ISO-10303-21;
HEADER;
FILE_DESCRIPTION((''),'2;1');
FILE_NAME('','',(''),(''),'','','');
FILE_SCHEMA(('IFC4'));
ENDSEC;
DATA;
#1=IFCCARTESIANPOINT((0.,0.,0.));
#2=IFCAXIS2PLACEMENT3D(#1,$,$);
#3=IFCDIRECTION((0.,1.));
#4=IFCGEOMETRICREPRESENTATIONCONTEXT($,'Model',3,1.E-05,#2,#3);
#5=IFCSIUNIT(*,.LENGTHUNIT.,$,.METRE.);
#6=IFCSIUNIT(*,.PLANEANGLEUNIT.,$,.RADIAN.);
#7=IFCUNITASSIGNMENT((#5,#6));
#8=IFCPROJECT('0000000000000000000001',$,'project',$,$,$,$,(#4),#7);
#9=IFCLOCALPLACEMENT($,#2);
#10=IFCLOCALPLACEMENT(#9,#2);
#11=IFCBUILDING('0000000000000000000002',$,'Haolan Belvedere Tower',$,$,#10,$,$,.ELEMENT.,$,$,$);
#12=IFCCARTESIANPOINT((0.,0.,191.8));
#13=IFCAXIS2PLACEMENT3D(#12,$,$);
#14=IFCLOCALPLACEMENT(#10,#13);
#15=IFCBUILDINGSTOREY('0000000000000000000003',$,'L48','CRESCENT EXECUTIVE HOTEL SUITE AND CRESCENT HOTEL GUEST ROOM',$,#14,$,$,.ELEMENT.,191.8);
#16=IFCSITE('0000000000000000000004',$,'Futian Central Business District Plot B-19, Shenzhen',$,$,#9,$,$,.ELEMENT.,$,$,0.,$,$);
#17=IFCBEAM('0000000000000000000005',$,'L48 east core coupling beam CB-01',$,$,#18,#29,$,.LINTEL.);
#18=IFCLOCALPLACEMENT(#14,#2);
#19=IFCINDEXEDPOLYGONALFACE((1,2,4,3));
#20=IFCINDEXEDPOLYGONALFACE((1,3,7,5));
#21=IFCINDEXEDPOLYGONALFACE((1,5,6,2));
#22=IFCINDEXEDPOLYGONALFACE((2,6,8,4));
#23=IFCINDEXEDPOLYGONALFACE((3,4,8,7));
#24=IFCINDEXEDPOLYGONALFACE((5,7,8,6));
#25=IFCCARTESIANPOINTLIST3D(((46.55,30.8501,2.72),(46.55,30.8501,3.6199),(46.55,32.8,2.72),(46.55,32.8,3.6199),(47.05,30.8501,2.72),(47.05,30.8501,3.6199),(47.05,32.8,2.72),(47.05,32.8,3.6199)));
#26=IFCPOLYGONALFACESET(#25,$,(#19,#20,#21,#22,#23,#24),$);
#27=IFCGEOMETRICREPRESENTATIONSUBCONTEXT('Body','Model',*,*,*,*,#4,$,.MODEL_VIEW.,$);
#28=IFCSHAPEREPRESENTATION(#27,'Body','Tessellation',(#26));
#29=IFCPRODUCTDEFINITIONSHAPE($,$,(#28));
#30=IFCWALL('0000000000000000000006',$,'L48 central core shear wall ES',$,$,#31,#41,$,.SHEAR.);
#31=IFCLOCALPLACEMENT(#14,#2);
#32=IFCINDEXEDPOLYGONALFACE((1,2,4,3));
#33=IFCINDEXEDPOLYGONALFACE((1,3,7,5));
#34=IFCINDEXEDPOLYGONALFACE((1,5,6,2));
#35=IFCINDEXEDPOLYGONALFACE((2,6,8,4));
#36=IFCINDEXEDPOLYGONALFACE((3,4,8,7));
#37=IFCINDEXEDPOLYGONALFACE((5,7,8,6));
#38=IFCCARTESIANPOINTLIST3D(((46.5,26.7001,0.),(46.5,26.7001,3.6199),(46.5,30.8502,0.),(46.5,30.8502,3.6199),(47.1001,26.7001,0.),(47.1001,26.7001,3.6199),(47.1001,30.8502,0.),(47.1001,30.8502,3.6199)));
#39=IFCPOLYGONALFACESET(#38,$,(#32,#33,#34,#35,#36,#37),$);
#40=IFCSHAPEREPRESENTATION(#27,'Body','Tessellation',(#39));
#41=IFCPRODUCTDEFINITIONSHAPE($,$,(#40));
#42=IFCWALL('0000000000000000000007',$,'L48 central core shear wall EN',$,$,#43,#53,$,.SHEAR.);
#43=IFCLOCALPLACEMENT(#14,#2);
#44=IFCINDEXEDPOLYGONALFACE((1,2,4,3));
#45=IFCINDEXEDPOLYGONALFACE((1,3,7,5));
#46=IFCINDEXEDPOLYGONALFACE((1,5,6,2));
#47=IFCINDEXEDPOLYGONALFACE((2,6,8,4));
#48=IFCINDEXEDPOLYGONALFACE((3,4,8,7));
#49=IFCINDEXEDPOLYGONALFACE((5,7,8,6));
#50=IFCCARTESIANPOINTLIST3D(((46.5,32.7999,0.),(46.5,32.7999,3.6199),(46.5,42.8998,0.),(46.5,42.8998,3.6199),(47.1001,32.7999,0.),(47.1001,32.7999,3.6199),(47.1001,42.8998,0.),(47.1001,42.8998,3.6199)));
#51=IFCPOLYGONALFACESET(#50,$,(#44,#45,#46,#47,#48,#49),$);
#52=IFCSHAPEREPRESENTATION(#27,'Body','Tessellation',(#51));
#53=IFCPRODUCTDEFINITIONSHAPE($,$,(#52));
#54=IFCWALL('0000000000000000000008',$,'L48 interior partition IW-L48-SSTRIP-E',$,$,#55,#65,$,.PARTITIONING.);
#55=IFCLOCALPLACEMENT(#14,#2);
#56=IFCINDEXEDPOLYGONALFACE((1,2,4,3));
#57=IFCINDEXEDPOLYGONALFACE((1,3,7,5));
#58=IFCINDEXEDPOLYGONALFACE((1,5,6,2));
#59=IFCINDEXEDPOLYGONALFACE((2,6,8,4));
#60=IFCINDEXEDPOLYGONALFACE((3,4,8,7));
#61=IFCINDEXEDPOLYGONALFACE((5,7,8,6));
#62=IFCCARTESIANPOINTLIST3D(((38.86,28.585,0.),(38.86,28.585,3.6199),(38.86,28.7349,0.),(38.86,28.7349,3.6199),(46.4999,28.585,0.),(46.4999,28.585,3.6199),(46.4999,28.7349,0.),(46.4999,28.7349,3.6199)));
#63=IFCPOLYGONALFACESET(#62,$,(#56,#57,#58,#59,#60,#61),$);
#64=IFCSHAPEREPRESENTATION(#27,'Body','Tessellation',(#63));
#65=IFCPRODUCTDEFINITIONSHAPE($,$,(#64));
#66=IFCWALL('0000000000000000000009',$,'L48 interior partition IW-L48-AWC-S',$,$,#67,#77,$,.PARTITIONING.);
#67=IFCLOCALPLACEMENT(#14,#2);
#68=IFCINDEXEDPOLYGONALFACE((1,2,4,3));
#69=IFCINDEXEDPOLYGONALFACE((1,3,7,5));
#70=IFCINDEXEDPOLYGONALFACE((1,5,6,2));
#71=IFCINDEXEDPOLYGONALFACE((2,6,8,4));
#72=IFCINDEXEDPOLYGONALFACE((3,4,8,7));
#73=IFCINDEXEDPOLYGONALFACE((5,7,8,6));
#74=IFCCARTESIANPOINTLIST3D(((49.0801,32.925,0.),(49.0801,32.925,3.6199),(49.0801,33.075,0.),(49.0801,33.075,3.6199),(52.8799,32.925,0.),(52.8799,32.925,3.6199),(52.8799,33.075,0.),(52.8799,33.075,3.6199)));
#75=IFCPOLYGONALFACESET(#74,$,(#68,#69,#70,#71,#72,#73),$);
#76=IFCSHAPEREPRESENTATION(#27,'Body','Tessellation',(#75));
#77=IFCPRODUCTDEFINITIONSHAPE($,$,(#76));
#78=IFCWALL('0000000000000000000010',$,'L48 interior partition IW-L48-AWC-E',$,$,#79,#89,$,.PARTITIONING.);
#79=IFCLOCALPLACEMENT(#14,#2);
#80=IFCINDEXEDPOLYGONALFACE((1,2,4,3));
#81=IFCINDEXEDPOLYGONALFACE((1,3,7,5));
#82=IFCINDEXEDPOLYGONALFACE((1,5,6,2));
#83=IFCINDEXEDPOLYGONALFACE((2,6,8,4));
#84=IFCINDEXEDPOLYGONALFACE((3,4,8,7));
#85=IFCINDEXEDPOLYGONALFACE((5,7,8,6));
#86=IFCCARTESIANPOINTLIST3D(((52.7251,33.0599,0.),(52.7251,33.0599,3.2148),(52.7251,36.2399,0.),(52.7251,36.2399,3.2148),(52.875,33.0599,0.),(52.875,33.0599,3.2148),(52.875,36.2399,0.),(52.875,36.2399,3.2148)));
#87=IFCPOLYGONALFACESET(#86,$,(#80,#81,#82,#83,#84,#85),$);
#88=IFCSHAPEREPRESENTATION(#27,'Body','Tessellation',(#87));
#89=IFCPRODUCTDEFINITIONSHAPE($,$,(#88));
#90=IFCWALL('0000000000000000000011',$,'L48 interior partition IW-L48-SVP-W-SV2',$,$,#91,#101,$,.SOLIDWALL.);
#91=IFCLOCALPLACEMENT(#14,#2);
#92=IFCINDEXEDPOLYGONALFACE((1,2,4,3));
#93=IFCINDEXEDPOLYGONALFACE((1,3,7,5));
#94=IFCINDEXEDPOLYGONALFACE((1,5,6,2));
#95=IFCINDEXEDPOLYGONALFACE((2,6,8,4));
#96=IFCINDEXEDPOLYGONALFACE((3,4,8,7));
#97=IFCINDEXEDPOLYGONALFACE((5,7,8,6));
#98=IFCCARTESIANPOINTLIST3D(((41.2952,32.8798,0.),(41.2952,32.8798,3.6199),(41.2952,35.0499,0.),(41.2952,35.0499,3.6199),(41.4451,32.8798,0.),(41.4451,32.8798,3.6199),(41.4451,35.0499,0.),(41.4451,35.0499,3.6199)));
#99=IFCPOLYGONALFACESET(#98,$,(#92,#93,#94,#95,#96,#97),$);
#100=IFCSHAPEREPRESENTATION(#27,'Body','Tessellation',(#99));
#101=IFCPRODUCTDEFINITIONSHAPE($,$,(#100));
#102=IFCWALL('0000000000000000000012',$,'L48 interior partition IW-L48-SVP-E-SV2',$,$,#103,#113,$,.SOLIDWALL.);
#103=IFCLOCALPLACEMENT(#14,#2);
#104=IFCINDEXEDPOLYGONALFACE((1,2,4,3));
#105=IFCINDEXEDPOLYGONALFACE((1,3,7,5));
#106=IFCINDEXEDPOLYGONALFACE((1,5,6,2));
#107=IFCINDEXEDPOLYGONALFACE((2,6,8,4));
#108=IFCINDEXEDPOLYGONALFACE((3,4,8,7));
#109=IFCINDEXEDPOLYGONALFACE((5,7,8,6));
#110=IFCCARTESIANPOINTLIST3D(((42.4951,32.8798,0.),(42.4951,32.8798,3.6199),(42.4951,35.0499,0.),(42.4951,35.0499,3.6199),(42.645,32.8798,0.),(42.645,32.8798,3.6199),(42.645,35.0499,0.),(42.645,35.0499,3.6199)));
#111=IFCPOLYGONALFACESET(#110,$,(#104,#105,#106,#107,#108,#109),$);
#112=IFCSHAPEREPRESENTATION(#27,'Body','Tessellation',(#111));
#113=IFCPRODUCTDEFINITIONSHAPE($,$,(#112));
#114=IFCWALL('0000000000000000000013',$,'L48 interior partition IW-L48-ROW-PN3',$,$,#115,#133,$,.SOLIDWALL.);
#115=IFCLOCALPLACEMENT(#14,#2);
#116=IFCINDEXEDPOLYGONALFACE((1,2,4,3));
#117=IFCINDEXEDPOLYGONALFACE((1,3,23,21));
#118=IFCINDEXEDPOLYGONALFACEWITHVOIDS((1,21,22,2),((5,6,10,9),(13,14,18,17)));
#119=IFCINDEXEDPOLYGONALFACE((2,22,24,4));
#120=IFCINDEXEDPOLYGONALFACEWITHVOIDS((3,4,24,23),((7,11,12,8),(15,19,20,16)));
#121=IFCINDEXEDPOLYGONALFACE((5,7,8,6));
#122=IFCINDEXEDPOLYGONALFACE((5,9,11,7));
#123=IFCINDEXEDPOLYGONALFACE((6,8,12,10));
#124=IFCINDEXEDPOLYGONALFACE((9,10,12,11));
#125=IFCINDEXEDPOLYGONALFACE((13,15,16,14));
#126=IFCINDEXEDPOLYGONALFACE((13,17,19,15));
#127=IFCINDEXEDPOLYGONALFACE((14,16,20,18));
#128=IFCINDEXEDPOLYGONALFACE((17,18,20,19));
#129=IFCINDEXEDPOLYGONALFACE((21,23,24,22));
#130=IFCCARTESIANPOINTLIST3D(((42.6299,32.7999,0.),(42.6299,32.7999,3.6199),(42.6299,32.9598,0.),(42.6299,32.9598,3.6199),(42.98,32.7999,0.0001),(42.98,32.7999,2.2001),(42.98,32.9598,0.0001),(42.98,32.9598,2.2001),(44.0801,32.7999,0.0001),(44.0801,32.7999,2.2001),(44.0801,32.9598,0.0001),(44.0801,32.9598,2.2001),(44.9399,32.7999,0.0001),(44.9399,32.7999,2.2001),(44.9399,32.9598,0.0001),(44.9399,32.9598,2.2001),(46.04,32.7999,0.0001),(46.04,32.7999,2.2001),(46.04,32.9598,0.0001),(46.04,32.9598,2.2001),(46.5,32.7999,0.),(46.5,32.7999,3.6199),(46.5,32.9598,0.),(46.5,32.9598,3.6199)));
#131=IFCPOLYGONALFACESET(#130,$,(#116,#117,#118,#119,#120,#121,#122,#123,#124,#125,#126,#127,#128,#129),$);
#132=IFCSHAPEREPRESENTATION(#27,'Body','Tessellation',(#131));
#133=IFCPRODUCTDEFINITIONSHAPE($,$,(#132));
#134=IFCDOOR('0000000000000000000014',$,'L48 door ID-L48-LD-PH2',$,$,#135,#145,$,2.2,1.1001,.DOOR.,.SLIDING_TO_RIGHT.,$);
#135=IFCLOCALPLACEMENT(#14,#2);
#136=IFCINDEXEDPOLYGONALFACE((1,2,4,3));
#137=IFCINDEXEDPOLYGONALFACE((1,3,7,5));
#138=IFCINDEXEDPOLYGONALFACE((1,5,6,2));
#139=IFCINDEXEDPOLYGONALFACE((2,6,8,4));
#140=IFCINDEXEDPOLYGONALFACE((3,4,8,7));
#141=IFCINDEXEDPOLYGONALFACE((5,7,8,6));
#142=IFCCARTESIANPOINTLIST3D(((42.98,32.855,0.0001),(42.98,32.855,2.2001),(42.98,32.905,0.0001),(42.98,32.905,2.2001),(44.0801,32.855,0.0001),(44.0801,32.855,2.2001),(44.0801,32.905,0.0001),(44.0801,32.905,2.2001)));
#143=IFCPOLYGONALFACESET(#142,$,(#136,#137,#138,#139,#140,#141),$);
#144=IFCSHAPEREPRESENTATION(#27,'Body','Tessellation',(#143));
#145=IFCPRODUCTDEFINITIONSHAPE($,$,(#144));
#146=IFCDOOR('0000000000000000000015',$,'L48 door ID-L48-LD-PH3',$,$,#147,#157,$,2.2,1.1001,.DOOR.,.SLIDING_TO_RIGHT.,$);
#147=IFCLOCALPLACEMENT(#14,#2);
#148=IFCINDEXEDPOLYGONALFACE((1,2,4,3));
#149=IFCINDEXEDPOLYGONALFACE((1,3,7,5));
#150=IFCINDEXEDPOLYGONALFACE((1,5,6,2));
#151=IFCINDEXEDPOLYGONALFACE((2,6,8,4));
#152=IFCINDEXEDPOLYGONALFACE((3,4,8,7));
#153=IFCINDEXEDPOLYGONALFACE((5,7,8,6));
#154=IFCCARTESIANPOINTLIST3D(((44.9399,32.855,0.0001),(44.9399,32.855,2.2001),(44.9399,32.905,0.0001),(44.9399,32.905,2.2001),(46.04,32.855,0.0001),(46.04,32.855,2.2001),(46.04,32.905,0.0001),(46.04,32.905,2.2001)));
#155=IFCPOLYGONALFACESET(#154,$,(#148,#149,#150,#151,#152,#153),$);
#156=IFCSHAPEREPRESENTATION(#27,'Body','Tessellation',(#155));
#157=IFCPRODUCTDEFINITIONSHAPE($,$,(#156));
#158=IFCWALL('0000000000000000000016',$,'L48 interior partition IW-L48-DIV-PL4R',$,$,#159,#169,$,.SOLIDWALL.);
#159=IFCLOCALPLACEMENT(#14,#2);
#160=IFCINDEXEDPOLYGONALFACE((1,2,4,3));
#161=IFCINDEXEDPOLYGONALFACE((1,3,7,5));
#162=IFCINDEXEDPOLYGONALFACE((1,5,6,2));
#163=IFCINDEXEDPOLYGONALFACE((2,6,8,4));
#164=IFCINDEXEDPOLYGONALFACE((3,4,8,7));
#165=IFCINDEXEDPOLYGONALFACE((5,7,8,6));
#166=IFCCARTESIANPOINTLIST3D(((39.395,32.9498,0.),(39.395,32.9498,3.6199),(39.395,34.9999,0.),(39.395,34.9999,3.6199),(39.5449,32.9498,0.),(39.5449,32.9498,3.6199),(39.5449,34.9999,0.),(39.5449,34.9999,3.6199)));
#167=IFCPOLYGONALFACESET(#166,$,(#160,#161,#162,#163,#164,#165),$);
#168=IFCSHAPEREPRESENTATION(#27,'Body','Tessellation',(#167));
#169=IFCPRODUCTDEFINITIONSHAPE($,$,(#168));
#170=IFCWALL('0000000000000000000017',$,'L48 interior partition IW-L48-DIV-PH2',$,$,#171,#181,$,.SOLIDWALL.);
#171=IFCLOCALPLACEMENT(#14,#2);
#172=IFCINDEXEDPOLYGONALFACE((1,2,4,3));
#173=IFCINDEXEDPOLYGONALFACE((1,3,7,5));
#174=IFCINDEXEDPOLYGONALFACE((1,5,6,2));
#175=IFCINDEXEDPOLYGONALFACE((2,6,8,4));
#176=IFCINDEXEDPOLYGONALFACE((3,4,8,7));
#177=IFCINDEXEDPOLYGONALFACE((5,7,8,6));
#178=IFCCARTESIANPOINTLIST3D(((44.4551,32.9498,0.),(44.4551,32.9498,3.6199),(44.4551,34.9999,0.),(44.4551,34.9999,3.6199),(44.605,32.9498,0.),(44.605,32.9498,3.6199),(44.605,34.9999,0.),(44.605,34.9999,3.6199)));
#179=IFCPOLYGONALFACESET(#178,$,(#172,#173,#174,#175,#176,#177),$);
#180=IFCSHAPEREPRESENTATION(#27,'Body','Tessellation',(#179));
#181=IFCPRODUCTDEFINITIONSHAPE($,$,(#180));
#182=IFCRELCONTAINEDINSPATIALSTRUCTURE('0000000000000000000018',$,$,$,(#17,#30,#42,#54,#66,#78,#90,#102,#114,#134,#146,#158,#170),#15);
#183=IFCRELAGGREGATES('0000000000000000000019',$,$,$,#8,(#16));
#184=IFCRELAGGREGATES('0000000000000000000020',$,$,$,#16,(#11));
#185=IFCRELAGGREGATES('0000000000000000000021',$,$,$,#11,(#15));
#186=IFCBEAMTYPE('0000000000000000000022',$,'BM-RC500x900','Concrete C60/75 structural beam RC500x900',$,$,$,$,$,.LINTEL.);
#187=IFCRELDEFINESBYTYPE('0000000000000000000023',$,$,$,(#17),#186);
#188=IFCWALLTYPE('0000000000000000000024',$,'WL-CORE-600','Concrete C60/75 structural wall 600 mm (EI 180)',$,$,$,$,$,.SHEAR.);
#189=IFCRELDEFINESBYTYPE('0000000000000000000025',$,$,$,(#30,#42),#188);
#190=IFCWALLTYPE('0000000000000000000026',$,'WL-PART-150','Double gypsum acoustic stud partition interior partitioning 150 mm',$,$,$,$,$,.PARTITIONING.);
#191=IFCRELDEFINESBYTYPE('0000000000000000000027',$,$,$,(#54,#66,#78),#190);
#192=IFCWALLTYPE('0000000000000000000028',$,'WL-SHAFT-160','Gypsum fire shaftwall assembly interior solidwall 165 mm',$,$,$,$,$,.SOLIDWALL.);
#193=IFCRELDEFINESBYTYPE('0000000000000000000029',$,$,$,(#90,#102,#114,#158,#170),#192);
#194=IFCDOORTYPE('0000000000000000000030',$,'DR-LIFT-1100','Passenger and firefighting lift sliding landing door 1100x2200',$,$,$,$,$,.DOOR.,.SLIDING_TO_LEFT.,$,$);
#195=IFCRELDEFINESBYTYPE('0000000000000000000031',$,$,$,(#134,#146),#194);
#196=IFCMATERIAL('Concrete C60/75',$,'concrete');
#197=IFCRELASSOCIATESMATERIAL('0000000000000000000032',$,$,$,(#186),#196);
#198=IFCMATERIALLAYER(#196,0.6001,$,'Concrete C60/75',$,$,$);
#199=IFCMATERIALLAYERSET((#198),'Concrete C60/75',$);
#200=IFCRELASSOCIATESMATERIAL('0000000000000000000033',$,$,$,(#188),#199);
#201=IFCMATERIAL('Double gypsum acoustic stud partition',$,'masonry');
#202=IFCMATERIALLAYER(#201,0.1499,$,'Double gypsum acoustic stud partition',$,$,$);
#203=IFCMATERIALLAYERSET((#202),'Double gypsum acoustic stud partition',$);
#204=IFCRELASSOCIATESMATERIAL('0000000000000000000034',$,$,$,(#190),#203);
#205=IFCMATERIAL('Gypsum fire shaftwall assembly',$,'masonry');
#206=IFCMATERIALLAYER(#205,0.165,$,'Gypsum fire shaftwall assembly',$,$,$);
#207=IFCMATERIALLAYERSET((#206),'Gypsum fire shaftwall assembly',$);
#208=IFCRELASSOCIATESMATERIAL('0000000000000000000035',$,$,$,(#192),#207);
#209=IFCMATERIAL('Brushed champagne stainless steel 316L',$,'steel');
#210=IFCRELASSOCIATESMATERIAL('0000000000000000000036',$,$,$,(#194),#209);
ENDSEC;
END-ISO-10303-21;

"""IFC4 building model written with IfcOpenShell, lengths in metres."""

from ifc_helpers import new_model, si_unit, direction, frame, frame_2d, origin, origin_2d, place, context, subcontext, project, spatial, rectangle, extrude, material, layer, layer_set, material_profile, profile_set, type_object, element, fill, save


model = new_model("IFC4")

# Units and contexts
model_context = context("Model", 3, precision=1e-05, world=origin(), true_north=direction((0.0, 1.0)))
body_context = subcontext(model_context, "Body", "Model", "MODEL_VIEW")
ifc_project = project(units=[si_unit("LENGTHUNIT", "METRE"), si_unit("PLANEANGLEUNIT", "RADIAN")], contexts=[model_context])

# Site, building, storey
site_placement = place(None, origin())
site = spatial("IfcSite", under=ifc_project, at=site_placement, Name="Futian Central Business District Plot B-19, Shenzhen", CompositionType="ELEMENT", RefElevation=0.0)
building_placement = place(site_placement, origin())
building = spatial("IfcBuilding", under=site, at=building_placement, Name="Haolan Belvedere Tower", CompositionType="ELEMENT")
storey_placement = place(building_placement, frame((0.0, 0.0, 191.8)))
storey = spatial("IfcBuildingStorey", under=building, at=storey_placement, Name="L48", Description="CRESCENT EXECUTIVE HOTEL SUITE AND CRESCENT HOTEL GUEST ROOM", CompositionType="ELEMENT", Elevation=191.8)

# Beam
ifc_material_1 = material(Name="Concrete C60/75", Category="concrete")
ifc_material_profile_1 = material_profile(ifc_material_1, rectangle(XDim=0.5, YDim=0.8999, at=origin_2d()), Name="Concrete C60/75")
ifc_profile_set_1 = profile_set([ifc_material_profile_1], Name="Concrete C60/75")
beam_type_1 = type_object("IfcBeamType", Name="BM-RC500x900", Description="Concrete C60/75 structural beam RC500x900", PredefinedType="LINTEL", material=ifc_profile_set_1)
beam_1_placement = place(storey_placement, frame((46.8, 30.8501, 3.1699), z_axis=(0.0, 1.0, 0.0), x_axis=(-1.0, 0.0, 0.0)))
element("IfcBeam", 1, at=beam_1_placement, inside=storey, type_object=beam_type_1, Name="L48 east core coupling beam CB-01", PredefinedType="LINTEL", context=body_context, shape_type="SweptSolid", body=[
    extrude(rectangle(XDim=0.5, YDim=0.8999, at=origin_2d()), origin(), (0.0, 0.0, 1.0), 1.95),
])

# Walls
ifc_layer_1 = layer(ifc_material_1, 0.6001, Name="Concrete C60/75")
ifc_layer_set_1 = layer_set([ifc_layer_1], Name="Concrete C60/75")
wall_type_1 = type_object("IfcWallType", Name="WL-CORE-600", Description="Concrete C60/75 structural wall 600 mm (EI 180)", PredefinedType="SHEAR", material=ifc_layer_set_1)
wall_1_placement = place(storey_placement, frame((46.8, 26.7, 0.0), z_axis=(0.0, 0.0, 1.0), x_axis=(0.0, 1.0, 0.0)))
element("IfcWall", 2, at=wall_1_placement, inside=storey, type_object=wall_type_1, Name="L48 central core shear wall ES", PredefinedType="SHEAR", context=body_context, shape_type="SweptSolid", body=[
    extrude(rectangle(XDim=4.1501, YDim=0.6001, at=frame_2d((2.0752, 0.0))), origin(), (0.0, 0.0, 1.0), 3.6199),
])
wall_2_placement = place(storey_placement, frame((46.8, 32.8, 0.0), z_axis=(0.0, 0.0, 1.0), x_axis=(0.0, 1.0, 0.0)))
element("IfcWall", 3, at=wall_2_placement, inside=storey, type_object=wall_type_1, Name="L48 central core shear wall EN", PredefinedType="SHEAR", context=body_context, shape_type="SweptSolid", body=[
    extrude(rectangle(XDim=10.0999, YDim=0.6001, at=frame_2d((5.0498, 0.0))), origin(), (0.0, 0.0, 1.0), 3.6199),
])
ifc_material_2 = material(Name="Double gypsum acoustic stud partition", Category="masonry")
ifc_layer_2 = layer(ifc_material_2, 0.1499, Name="Double gypsum acoustic stud partition")
ifc_layer_set_2 = layer_set([ifc_layer_2], Name="Double gypsum acoustic stud partition")
wall_type_2 = type_object("IfcWallType", Name="WL-PART-150", Description="Double gypsum acoustic stud partition interior partitioning 150 mm", PredefinedType="PARTITIONING", material=ifc_layer_set_2)
wall_3_placement = place(storey_placement, frame((38.8601, 28.6599, 0.0), z_axis=(0.0, 0.0, 1.0), x_axis=(1.0, 0.0, 0.0)))
element("IfcWall", 4, at=wall_3_placement, inside=storey, type_object=wall_type_2, Name="L48 interior partition IW-L48-SSTRIP-E", PredefinedType="PARTITIONING", context=body_context, shape_type="SweptSolid", body=[
    extrude(rectangle(XDim=7.6399, YDim=0.1499, at=frame_2d((3.8198, 0.0))), origin(), (0.0, 0.0, 1.0), 3.6199),
])
wall_4_placement = place(storey_placement, frame((49.0801, 33.0, 0.0), z_axis=(0.0, 0.0, 1.0), x_axis=(1.0, 0.0, 0.0)))
element("IfcWall", 5, at=wall_4_placement, inside=storey, type_object=wall_type_2, Name="L48 interior partition IW-L48-AWC-S", PredefinedType="PARTITIONING", context=body_context, shape_type="SweptSolid", body=[
    extrude(rectangle(XDim=3.7998, YDim=0.1499, at=frame_2d((1.8999, 0.0))), origin(), (0.0, 0.0, 1.0), 3.6199),
])

# Walls
wall_5_placement = place(storey_placement, frame((52.8, 33.0601, 0.0), z_axis=(0.0, 0.0, 1.0), x_axis=(0.0, 1.0, 0.0)))
element("IfcWall", 6, at=wall_5_placement, inside=storey, type_object=wall_type_2, Name="L48 interior partition IW-L48-AWC-E", PredefinedType="PARTITIONING", context=body_context, shape_type="SweptSolid", body=[
    extrude(rectangle(XDim=3.1799, YDim=0.1499, at=frame_2d((1.5898, 0.0))), origin(), (0.0, 0.0, 1.0), 3.2148),
])
ifc_material_3 = material(Name="Gypsum fire shaftwall assembly", Category="masonry")
ifc_layer_3 = layer(ifc_material_3, 0.165, Name="Gypsum fire shaftwall assembly")
ifc_layer_set_3 = layer_set([ifc_layer_3], Name="Gypsum fire shaftwall assembly")
wall_type_3 = type_object("IfcWallType", Name="WL-SHAFT-160", Description="Gypsum fire shaftwall assembly interior solidwall 165 mm", PredefinedType="SOLIDWALL", material=ifc_layer_set_3)
for number, where, z_axis, x_axis, name in (
    (7, (41.3701, 32.8799, 0.0), (0.0, 0.0, 1.0), (0.0, 1.0, 0.0), "L48 interior partition IW-L48-SVP-W-SV2"),
    (8, (42.5701, 32.8799, 0.0), (0.0, 0.0, 1.0), (0.0, 1.0, 0.0), "L48 interior partition IW-L48-SVP-E-SV2"),
):
    element("IfcWall", number, at=place(storey_placement, frame(where, z_axis=z_axis, x_axis=x_axis)), inside=storey, type_object=wall_type_3, Name=name, PredefinedType="SOLIDWALL", context=body_context, shape_type="SweptSolid", body=[
        extrude(rectangle(XDim=2.1702, YDim=0.1499, at=frame_2d((1.085, 0.0))), origin(), (0.0, 0.0, 1.0), 3.6199),
    ])

# Wall, openings, doors
wall_6_placement = place(storey_placement, frame((42.6299, 32.8799, 0.0), z_axis=(0.0, 0.0, 1.0), x_axis=(1.0, 0.0, 0.0)))
wall_6 = element("IfcWall", 9, at=wall_6_placement, inside=storey, type_object=wall_type_3, Name="L48 interior partition IW-L48-ROW-PN3", PredefinedType="SOLIDWALL", context=body_context, shape_type="SweptSolid", body=[
    extrude(rectangle(XDim=3.8701, YDim=0.1599, at=frame_2d((1.9351, 0.0))), origin(), (0.0, 0.0, 1.0), 3.6199),
])
opening_1_placement = place(wall_6_placement, frame((1.4502, 0.0, 0.0), z_axis=(0.0, 0.0, 1.0), x_axis=(-1.0, 0.0, 0.0)))
opening_1 = element("IfcOpeningElement", 10, at=opening_1_placement, cuts=wall_6, PredefinedType="OPENING", context=body_context, shape_type="SweptSolid", body=[
    extrude(rectangle(XDim=1.1001, YDim=2.2, at=frame_2d((0.55, 1.1001))), frame((0.0, 0.0898, 0.0), z_axis=(0.0, -1.0, 0.0), x_axis=(1.0, 0.0, 0.0)), (0.0, 0.0, 1.0), 0.1799),
])
opening_2_placement = place(wall_6_placement, frame((3.4102, 0.0, 0.0), z_axis=(0.0, 0.0, 1.0), x_axis=(-1.0, 0.0, 0.0)))
opening_2 = element("IfcOpeningElement", 11, at=opening_2_placement, cuts=wall_6, PredefinedType="OPENING", context=body_context, shape_type="SweptSolid", body=[
    extrude(rectangle(XDim=1.1001, YDim=2.2, at=frame_2d((0.55, 1.1001))), frame((0.0, 0.0898, 0.0), z_axis=(0.0, -1.0, 0.0), x_axis=(1.0, 0.0, 0.0)), (0.0, 0.0, 1.0), 0.1799),
])
ifc_material_4 = material(Name="Brushed champagne stainless steel 316L", Category="steel")
door_type_1 = type_object("IfcDoorType", Name="DR-LIFT-1100", Description="Passenger and firefighting lift sliding landing door 1100x2200", OperationType="SLIDING_TO_LEFT", PredefinedType="DOOR", material=ifc_material_4)
door_1_placement = place(opening_1_placement, origin())
door_1 = element("IfcDoor", 12, at=door_1_placement, inside=storey, type_object=door_type_1, Name="L48 door ID-L48-LD-PH2", OperationType="SLIDING_TO_RIGHT", OverallHeight=2.2, OverallWidth=1.1001, PredefinedType="DOOR", context=body_context, shape_type="SweptSolid", body=[
    extrude(rectangle(XDim=1.1001, YDim=2.2, at=frame_2d((0.55, 1.1001))), frame((0.0, 0.0249, 0.0), z_axis=(0.0, -1.0, 0.0), x_axis=(1.0, 0.0, 0.0)), (0.0, 0.0, 1.0), 0.05),
])
fill(opening_1, door_1)
door_2_placement = place(opening_2_placement, origin())
door_2 = element("IfcDoor", 13, at=door_2_placement, inside=storey, type_object=door_type_1, Name="L48 door ID-L48-LD-PH3", OperationType="SLIDING_TO_RIGHT", OverallHeight=2.2, OverallWidth=1.1001, PredefinedType="DOOR", context=body_context, shape_type="SweptSolid", body=[
    extrude(rectangle(XDim=1.1001, YDim=2.2, at=frame_2d((0.55, 1.1001))), frame((0.0, 0.0249, 0.0), z_axis=(0.0, -1.0, 0.0), x_axis=(1.0, 0.0, 0.0)), (0.0, 0.0, 1.0), 0.05),
])
fill(opening_2, door_2)

# Walls
for number, where, z_axis, x_axis, name in (
    (14, (39.47, 32.95, 0.0), (0.0, 0.0, 1.0), (0.0, 1.0, 0.0), "L48 interior partition IW-L48-DIV-PL4R"),
    (15, (44.53, 32.95, 0.0), (0.0, 0.0, 1.0), (0.0, 1.0, 0.0), "L48 interior partition IW-L48-DIV-PH2"),
):
    element("IfcWall", number, at=place(storey_placement, frame(where, z_axis=z_axis, x_axis=x_axis)), inside=storey, type_object=wall_type_3, Name=name, PredefinedType="SOLIDWALL", context=body_context, shape_type="SweptSolid", body=[
        extrude(rectangle(XDim=2.05, YDim=0.1499, at=frame_2d((1.0249, 0.0))), origin(), (0.0, 0.0, 1.0), 3.6199),
    ])

save(model, "model.ifc")
